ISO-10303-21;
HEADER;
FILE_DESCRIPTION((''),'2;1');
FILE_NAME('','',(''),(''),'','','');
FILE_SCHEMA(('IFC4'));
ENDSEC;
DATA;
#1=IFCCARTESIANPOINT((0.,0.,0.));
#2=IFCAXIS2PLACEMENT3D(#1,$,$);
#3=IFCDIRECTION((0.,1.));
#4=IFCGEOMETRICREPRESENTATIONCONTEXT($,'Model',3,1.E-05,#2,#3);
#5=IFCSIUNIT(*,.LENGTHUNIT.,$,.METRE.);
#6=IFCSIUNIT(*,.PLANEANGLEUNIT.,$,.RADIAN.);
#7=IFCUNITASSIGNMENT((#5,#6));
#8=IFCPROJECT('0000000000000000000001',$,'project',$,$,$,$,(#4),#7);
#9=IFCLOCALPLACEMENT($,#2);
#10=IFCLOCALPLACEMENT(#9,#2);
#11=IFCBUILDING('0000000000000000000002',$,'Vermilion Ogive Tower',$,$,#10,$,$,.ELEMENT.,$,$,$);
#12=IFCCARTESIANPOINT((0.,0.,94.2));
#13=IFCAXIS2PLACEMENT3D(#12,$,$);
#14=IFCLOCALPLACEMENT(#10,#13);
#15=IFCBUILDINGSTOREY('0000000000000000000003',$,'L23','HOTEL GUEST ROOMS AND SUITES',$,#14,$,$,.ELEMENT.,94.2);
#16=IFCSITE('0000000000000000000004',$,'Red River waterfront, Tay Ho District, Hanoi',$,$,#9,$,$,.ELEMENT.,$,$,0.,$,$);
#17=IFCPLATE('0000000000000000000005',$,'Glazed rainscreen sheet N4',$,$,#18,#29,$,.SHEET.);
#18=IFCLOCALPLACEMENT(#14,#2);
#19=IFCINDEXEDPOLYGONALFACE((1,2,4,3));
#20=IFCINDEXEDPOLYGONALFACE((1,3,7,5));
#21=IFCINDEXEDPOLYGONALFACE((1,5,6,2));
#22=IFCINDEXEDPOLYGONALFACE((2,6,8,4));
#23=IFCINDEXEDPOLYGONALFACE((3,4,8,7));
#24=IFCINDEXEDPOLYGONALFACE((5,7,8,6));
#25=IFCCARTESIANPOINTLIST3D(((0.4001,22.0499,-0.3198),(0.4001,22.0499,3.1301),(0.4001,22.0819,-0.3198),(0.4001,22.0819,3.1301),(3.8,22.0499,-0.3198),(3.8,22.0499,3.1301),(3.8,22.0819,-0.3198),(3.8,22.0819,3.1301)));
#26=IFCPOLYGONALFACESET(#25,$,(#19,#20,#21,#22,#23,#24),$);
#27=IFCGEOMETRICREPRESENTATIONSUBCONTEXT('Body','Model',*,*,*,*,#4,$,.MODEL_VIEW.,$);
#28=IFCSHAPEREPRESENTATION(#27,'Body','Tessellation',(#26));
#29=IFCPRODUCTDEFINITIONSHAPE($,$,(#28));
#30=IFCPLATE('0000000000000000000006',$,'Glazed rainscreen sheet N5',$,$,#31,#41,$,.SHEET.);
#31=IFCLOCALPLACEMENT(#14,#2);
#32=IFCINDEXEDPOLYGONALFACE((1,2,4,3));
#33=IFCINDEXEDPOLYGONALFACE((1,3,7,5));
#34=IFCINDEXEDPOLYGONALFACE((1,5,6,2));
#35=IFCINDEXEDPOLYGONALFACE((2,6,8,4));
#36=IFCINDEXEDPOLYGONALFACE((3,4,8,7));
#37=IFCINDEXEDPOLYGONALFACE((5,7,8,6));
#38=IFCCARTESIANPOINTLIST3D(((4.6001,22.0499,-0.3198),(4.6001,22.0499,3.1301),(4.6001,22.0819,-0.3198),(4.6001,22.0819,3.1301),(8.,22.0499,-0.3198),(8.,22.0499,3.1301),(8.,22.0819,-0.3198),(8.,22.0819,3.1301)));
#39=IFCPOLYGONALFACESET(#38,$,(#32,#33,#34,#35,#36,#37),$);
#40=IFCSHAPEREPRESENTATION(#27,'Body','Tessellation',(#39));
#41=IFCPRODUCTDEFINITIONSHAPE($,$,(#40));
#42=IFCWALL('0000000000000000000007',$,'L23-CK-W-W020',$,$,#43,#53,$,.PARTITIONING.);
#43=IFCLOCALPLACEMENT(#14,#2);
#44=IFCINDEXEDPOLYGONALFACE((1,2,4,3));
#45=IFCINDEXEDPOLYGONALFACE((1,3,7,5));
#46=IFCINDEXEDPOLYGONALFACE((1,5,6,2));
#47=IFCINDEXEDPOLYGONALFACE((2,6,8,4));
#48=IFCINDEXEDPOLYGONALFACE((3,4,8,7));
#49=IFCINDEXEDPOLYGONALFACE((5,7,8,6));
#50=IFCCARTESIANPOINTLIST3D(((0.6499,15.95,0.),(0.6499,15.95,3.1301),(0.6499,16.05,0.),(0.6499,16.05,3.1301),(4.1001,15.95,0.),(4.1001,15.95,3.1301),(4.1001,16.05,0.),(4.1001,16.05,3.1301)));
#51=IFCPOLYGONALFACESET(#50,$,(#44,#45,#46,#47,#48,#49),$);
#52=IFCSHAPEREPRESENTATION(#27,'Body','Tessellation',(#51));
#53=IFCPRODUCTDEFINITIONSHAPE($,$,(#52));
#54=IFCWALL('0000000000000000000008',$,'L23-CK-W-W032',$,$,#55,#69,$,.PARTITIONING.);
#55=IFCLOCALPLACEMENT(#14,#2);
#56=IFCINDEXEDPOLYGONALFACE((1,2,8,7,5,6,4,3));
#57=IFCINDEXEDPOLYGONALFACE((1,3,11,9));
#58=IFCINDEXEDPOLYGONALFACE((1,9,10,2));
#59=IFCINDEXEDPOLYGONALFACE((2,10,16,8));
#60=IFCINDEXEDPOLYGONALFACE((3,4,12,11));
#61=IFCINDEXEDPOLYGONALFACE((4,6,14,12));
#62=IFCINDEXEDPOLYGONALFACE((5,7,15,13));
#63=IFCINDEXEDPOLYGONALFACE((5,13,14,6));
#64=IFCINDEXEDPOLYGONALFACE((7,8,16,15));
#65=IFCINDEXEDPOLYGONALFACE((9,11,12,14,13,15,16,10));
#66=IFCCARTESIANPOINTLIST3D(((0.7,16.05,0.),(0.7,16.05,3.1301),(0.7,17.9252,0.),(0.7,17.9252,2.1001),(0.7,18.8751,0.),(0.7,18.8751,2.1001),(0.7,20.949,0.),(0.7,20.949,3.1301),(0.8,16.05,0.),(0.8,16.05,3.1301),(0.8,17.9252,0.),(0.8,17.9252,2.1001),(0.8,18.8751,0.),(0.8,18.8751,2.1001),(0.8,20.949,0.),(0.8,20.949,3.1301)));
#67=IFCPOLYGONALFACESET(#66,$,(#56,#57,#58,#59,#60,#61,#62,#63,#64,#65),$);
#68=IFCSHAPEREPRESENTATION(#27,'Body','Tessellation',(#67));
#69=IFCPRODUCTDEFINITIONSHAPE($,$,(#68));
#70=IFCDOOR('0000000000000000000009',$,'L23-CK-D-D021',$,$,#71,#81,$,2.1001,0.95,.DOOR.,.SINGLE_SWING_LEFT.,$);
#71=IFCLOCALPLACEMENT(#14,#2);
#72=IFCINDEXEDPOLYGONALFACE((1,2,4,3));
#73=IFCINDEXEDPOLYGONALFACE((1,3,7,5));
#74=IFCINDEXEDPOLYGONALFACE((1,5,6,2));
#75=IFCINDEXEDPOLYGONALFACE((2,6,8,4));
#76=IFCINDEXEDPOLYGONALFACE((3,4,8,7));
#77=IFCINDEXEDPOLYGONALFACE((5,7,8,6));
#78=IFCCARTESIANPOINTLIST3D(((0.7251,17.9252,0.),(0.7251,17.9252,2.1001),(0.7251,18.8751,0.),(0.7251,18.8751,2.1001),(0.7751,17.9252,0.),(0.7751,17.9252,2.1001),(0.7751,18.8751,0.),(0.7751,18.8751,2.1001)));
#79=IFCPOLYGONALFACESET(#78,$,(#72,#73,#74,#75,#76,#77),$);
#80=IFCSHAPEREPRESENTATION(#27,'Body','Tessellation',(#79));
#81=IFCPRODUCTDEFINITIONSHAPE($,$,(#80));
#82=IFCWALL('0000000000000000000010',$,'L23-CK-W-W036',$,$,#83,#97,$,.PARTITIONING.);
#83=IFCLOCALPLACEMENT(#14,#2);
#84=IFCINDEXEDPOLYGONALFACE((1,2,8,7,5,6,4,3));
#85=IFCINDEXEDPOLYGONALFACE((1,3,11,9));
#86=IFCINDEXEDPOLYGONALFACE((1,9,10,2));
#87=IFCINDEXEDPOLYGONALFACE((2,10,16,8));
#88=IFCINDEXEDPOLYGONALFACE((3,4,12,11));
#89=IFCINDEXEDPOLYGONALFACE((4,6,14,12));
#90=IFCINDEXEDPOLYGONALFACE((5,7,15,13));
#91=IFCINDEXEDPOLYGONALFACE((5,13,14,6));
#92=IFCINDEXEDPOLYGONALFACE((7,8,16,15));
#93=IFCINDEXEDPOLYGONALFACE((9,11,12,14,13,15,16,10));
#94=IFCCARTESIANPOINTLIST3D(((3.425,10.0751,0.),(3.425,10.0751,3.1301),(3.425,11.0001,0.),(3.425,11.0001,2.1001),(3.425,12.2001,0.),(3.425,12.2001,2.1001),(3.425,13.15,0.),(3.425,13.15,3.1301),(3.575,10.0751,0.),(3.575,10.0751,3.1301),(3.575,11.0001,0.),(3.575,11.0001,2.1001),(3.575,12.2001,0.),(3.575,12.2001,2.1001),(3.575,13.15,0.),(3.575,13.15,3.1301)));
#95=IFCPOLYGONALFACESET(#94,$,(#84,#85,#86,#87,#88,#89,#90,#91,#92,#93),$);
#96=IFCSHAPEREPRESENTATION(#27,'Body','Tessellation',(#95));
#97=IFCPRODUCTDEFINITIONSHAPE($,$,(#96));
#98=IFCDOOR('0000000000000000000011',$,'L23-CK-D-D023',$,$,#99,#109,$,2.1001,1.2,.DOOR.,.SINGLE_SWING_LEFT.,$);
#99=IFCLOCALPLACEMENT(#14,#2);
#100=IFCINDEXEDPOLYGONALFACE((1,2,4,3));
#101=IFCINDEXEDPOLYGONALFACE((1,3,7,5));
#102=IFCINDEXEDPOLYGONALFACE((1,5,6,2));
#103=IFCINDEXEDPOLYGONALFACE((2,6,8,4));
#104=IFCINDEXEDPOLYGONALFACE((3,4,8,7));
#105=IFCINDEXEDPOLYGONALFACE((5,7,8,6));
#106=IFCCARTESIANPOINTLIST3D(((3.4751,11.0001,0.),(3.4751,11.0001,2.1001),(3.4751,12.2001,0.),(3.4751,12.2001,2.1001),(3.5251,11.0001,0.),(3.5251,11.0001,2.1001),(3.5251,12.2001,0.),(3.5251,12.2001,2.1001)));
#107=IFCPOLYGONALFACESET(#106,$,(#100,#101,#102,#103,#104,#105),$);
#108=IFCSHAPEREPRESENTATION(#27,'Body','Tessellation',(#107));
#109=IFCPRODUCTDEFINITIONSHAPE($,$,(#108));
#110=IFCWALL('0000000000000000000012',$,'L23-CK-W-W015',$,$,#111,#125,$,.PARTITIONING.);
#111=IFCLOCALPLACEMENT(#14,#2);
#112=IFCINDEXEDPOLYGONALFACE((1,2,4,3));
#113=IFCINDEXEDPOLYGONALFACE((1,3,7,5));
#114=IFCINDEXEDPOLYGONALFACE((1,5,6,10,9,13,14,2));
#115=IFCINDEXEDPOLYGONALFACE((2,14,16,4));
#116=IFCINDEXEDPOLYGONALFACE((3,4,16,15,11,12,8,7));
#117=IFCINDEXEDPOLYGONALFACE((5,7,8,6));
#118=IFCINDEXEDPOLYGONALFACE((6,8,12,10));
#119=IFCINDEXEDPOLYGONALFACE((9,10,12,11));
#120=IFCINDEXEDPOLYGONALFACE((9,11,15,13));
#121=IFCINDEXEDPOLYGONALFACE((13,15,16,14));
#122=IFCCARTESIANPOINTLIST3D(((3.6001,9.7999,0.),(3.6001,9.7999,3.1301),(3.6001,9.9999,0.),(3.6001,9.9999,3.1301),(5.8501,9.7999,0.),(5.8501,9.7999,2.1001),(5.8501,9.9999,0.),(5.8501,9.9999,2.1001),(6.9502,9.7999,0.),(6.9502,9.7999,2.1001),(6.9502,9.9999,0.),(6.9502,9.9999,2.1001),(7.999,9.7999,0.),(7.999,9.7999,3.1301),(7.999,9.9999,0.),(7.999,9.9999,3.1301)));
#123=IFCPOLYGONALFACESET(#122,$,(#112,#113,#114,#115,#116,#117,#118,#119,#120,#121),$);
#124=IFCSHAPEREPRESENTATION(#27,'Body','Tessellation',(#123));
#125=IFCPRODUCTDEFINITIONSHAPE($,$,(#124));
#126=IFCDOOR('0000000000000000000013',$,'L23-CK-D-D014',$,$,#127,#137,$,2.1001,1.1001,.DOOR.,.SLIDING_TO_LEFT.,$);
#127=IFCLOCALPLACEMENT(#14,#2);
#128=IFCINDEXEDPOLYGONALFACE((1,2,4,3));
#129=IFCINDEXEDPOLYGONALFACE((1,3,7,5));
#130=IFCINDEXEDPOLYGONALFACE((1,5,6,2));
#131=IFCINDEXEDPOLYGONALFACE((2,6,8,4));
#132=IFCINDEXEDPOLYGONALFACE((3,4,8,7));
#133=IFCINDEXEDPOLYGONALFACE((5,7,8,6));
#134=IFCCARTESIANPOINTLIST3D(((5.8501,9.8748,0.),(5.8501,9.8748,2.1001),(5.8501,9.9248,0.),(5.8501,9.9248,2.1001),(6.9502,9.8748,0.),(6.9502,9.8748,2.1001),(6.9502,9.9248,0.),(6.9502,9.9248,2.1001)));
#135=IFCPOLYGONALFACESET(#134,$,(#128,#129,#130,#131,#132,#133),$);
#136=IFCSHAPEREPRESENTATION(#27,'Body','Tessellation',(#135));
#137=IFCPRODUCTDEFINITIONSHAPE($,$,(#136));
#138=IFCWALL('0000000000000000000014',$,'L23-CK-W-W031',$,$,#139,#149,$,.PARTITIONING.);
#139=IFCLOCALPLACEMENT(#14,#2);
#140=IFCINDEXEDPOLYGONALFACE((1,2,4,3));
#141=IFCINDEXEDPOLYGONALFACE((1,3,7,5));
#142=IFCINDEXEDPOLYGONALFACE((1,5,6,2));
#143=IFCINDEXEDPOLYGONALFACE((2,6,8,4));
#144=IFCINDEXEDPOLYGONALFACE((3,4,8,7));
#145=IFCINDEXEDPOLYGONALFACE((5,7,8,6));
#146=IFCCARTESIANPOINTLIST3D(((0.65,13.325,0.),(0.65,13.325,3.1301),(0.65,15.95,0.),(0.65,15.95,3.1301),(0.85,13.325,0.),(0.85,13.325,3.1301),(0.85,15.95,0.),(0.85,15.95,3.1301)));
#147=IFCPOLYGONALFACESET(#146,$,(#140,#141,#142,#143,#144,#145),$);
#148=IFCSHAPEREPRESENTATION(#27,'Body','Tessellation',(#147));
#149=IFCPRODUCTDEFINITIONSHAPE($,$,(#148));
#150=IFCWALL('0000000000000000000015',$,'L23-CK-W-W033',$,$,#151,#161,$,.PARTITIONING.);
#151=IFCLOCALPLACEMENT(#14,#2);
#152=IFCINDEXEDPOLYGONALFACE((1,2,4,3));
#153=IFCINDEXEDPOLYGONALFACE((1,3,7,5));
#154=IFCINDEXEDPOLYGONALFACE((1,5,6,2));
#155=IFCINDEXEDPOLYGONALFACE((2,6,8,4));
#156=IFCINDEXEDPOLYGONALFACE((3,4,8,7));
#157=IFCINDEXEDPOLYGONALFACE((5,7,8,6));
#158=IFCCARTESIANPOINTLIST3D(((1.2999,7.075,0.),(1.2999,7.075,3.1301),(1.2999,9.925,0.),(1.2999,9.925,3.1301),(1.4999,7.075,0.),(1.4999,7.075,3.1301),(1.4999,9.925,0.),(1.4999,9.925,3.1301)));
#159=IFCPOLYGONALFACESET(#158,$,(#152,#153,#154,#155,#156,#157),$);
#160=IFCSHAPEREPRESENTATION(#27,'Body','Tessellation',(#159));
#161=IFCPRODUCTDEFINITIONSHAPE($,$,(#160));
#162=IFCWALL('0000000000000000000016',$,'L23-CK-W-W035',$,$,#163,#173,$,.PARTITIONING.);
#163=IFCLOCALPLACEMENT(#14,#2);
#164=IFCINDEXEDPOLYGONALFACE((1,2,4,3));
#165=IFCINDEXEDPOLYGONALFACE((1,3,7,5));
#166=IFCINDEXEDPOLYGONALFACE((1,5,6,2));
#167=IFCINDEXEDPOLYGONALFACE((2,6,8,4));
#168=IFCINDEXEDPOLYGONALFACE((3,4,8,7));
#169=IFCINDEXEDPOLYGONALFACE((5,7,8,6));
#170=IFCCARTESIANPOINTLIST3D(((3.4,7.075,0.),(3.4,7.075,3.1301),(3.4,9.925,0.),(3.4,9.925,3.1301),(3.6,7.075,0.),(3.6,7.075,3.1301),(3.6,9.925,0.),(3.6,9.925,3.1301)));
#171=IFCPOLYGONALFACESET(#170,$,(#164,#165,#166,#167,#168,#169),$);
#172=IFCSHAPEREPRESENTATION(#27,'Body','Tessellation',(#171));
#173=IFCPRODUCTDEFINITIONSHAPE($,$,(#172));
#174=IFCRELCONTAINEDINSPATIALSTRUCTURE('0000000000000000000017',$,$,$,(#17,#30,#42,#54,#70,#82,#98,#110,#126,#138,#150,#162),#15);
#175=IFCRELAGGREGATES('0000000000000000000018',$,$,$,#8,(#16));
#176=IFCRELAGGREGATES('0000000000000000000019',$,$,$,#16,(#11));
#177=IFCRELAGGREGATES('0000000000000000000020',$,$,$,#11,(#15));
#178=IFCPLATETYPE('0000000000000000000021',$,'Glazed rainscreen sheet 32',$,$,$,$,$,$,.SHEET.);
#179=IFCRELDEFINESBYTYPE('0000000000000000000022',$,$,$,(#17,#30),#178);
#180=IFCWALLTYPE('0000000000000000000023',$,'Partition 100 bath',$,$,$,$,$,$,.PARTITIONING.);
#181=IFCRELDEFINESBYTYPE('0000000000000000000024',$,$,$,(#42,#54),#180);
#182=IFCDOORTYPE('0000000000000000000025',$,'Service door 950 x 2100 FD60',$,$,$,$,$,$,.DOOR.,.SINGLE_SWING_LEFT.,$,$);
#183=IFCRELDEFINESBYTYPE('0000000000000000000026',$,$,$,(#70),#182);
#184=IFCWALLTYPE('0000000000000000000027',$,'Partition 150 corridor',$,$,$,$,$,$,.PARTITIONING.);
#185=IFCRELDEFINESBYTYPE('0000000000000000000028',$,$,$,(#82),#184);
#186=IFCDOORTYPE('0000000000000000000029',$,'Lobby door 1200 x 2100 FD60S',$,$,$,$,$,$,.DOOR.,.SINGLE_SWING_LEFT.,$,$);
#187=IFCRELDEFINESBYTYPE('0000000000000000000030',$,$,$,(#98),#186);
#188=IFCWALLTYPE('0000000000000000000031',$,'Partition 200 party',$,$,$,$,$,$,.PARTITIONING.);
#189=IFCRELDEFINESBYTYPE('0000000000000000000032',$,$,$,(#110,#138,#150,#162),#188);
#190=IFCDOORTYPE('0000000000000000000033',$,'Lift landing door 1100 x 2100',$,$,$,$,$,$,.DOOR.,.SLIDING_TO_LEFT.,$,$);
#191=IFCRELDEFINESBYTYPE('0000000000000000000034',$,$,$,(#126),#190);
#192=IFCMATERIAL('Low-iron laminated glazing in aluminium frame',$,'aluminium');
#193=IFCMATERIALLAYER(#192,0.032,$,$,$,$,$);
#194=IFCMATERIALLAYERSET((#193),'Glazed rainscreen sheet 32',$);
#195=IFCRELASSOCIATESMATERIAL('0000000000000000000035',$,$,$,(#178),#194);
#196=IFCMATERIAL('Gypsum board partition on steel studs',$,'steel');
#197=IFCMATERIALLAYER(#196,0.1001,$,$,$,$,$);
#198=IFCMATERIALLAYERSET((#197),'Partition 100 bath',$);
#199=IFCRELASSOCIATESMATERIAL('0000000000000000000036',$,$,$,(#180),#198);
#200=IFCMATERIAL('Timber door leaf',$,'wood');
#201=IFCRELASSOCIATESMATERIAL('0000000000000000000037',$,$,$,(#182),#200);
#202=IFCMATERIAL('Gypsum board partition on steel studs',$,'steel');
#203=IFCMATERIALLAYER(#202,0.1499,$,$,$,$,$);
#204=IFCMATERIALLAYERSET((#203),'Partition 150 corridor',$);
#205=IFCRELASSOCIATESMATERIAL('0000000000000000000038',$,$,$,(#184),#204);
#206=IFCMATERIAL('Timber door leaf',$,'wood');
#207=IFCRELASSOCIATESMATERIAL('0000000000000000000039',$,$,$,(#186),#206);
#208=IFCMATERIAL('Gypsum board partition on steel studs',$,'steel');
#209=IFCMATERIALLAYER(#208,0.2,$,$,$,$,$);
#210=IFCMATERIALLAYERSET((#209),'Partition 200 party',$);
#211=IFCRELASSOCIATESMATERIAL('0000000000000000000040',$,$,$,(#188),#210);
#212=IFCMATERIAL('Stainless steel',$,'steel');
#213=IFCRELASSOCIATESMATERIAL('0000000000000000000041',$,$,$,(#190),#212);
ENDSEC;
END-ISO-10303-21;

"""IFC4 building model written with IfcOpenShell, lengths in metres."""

from ifc_helpers import new_model, si_unit, direction, frame, frame_2d, origin, origin_2d, place, context, subcontext, project, spatial, rectangle, extrude, material, layer, layer_set, type_object, element, fill, save


model = new_model("IFC4")

# Units and contexts
model_context = context("Model", 3, precision=1e-05, world=origin(), true_north=direction((0.0, 1.0)))
body_context = subcontext(model_context, "Body", "Model", "MODEL_VIEW")
ifc_project = project(units=[si_unit("LENGTHUNIT", "METRE"), si_unit("PLANEANGLEUNIT", "RADIAN")], contexts=[model_context])

# Site, building, storey
site_placement = place(None, origin())
site = spatial("IfcSite", under=ifc_project, at=site_placement, Name="Red River waterfront, Tay Ho District, Hanoi", CompositionType="ELEMENT", RefElevation=0.0)
building_placement = place(site_placement, origin())
building = spatial("IfcBuilding", under=site, at=building_placement, Name="Vermilion Ogive Tower", CompositionType="ELEMENT")
storey_placement = place(building_placement, frame((0.0, 0.0, 94.2)))
storey = spatial("IfcBuildingStorey", under=building, at=storey_placement, Name="L23", Description="HOTEL GUEST ROOMS AND SUITES", CompositionType="ELEMENT", Elevation=94.2)

# Plates
ifc_material_1 = material(Name="Low-iron laminated glazing in aluminium frame", Category="aluminium")
ifc_layer_1 = layer(ifc_material_1, 0.032)
ifc_layer_set_1 = layer_set([ifc_layer_1], Name="Glazed rainscreen sheet 32")
plate_type = type_object("IfcPlateType", Name="Glazed rainscreen sheet 32", PredefinedType="SHEET", material=ifc_layer_set_1)
for number, where, z_axis, x_axis, name in (
    (1, (2.1001, 22.0659, -0.3198), (0.0, 0.0, 1.0), (1.0, 0.0, 0.0), "Glazed rainscreen sheet N4"),
    (2, (6.3, 22.0659, -0.3198), (0.0, 0.0, 1.0), (1.0, 0.0, 0.0), "Glazed rainscreen sheet N5"),
):
    element("IfcPlate", number, at=place(storey_placement, frame(where, z_axis=z_axis, x_axis=x_axis)), inside=storey, type_object=plate_type, Name=name, PredefinedType="SHEET", context=body_context, shape_type="SweptSolid", body=[
        extrude(rectangle(XDim=3.3999, YDim=0.032, at=origin_2d()), origin(), (0.0, 0.0, 1.0), 3.45),
    ])

# Wall
ifc_material_2 = material(Name="Gypsum board partition on steel studs", Category="steel")
ifc_layer_2 = layer(ifc_material_2, 0.1001)
ifc_layer_set_2 = layer_set([ifc_layer_2], Name="Partition 100 bath")
wall_type_1 = type_object("IfcWallType", Name="Partition 100 bath", PredefinedType="PARTITIONING", material=ifc_layer_set_2)
wall_1_placement = place(storey_placement, frame((0.6499, 16.0, 0.0), z_axis=(0.0, 0.0, 1.0), x_axis=(1.0, 0.0, 0.0)))
element("IfcWall", 3, at=wall_1_placement, inside=storey, type_object=wall_type_1, Name="L23-CK-W-W020", PredefinedType="PARTITIONING", context=body_context, shape_type="SweptSolid", body=[
    extrude(rectangle(XDim=3.4502, YDim=0.1001, at=frame_2d((1.7251, 0.0))), origin(), (0.0, 0.0, 1.0), 3.1301),
])

# Walls, openings, doors
wall_2_placement = place(storey_placement, frame((0.75, 16.05, 0.0), z_axis=(0.0, 0.0, 1.0), x_axis=(0.0, 1.0, 0.0)))
wall_2 = element("IfcWall", 4, at=wall_2_placement, inside=storey, type_object=wall_type_1, Name="L23-CK-W-W032", PredefinedType="PARTITIONING", context=body_context, shape_type="SweptSolid", body=[
    extrude(rectangle(XDim=4.8989, YDim=0.1001, at=frame_2d((2.4495, 0.0))), origin(), (0.0, 0.0, 1.0), 3.1301),
])
opening_1_placement = place(wall_2_placement, frame((1.875, 0.0, 0.0)))
opening_1 = element("IfcOpeningElement", 5, at=opening_1_placement, cuts=wall_2, PredefinedType="OPENING", context=body_context, shape_type="SweptSolid", body=[
    extrude(rectangle(XDim=0.95, YDim=2.1001, at=frame_2d((0.4751, 1.05))), frame((0.0, 0.0601, 0.0), z_axis=(0.0, -1.0, 0.0), x_axis=(1.0, 0.0, 0.0)), (0.0, 0.0, 1.0), 0.1201),
])
ifc_material_3 = material(Name="Timber door leaf", Category="wood")
door_type_1 = type_object("IfcDoorType", Name="Service door 950 x 2100 FD60", OperationType="SINGLE_SWING_LEFT", PredefinedType="DOOR", material=ifc_material_3)
door_1_placement = place(opening_1_placement, origin())
door_1 = element("IfcDoor", 6, at=door_1_placement, inside=storey, type_object=door_type_1, Name="L23-CK-D-D021", OperationType="SINGLE_SWING_LEFT", OverallHeight=2.1001, OverallWidth=0.95, PredefinedType="DOOR", context=body_context, shape_type="SweptSolid", body=[
    extrude(rectangle(XDim=0.95, YDim=2.1001, at=frame_2d((0.4751, 1.05))), frame((0.0, 0.0249, 0.0), z_axis=(0.0, -1.0, 0.0), x_axis=(1.0, 0.0, 0.0)), (0.0, 0.0, 1.0), 0.05),
])
fill(opening_1, door_1)
ifc_material_4 = material(Name="Gypsum board partition on steel studs", Category="steel")
ifc_layer_3 = layer(ifc_material_4, 0.1499)
ifc_layer_set_3 = layer_set([ifc_layer_3], Name="Partition 150 corridor")
wall_type_2 = type_object("IfcWallType", Name="Partition 150 corridor", PredefinedType="PARTITIONING", material=ifc_layer_set_3)
wall_3_placement = place(storey_placement, frame((3.5, 10.075, 0.0), z_axis=(0.0, 0.0, 1.0), x_axis=(0.0, 1.0, 0.0)))
wall_3 = element("IfcWall", 7, at=wall_3_placement, inside=storey, type_object=wall_type_2, Name="L23-CK-W-W036", PredefinedType="PARTITIONING", context=body_context, shape_type="SweptSolid", body=[
    extrude(rectangle(XDim=3.075, YDim=0.1499, at=frame_2d((1.5376, 0.0))), origin(), (0.0, 0.0, 1.0), 3.1301),
])
opening_2_placement = place(wall_3_placement, frame((0.925, 0.0, 0.0)))
opening_2 = element("IfcOpeningElement", 8, at=opening_2_placement, cuts=wall_3, PredefinedType="OPENING", context=body_context, shape_type="SweptSolid", body=[
    extrude(rectangle(XDim=1.2, YDim=2.1001, at=frame_2d((0.6001, 1.05))), frame((0.0, 0.085, 0.0), z_axis=(0.0, -1.0, 0.0), x_axis=(1.0, 0.0, 0.0)), (0.0, 0.0, 1.0), 0.1699),
])
ifc_material_5 = material(Name="Timber door leaf", Category="wood")
door_type_2 = type_object("IfcDoorType", Name="Lobby door 1200 x 2100 FD60S", OperationType="SINGLE_SWING_LEFT", PredefinedType="DOOR", material=ifc_material_5)
door_2_placement = place(opening_2_placement, origin())
door_2 = element("IfcDoor", 9, at=door_2_placement, inside=storey, type_object=door_type_2, Name="L23-CK-D-D023", OperationType="SINGLE_SWING_LEFT", OverallHeight=2.1001, OverallWidth=1.2, PredefinedType="DOOR", context=body_context, shape_type="SweptSolid", body=[
    extrude(rectangle(XDim=1.2, YDim=2.1001, at=frame_2d((0.6001, 1.05))), frame((0.0, 0.0249, 0.0), z_axis=(0.0, -1.0, 0.0), x_axis=(1.0, 0.0, 0.0)), (0.0, 0.0, 1.0), 0.05),
])
fill(opening_2, door_2)
ifc_material_6 = material(Name="Gypsum board partition on steel studs", Category="steel")
ifc_layer_4 = layer(ifc_material_6, 0.2)
ifc_layer_set_4 = layer_set([ifc_layer_4], Name="Partition 200 party")
wall_type_3 = type_object("IfcWallType", Name="Partition 200 party", PredefinedType="PARTITIONING", material=ifc_layer_set_4)
wall_4_placement = place(storey_placement, frame((3.6001, 9.8999, 0.0), z_axis=(0.0, 0.0, 1.0), x_axis=(1.0, 0.0, 0.0)))
wall_4 = element("IfcWall", 10, at=wall_4_placement, inside=storey, type_object=wall_type_3, Name="L23-CK-W-W015", PredefinedType="PARTITIONING", context=body_context, shape_type="SweptSolid", body=[
    extrude(rectangle(XDim=4.3989, YDim=0.2, at=frame_2d((2.1995, 0.0))), origin(), (0.0, 0.0, 1.0), 3.1301),
])
opening_3_placement = place(wall_4_placement, frame((2.25, 0.0, 0.0)))
opening_3 = element("IfcOpeningElement", 11, at=opening_3_placement, cuts=wall_4, PredefinedType="OPENING", context=body_context, shape_type="SweptSolid", body=[
    extrude(rectangle(XDim=1.1001, YDim=2.1001, at=frame_2d((0.55, 1.05))), frame((0.0, 0.1099, 0.0), z_axis=(0.0, -1.0, 0.0), x_axis=(1.0, 0.0, 0.0)), (0.0, 0.0, 1.0), 0.22),
])
ifc_material_7 = material(Name="Stainless steel", Category="steel")
door_type_3 = type_object("IfcDoorType", Name="Lift landing door 1100 x 2100", OperationType="SLIDING_TO_LEFT", PredefinedType="DOOR", material=ifc_material_7)
door_3_placement = place(opening_3_placement, origin())
door_3 = element("IfcDoor", 12, at=door_3_placement, inside=storey, type_object=door_type_3, Name="L23-CK-D-D014", OperationType="SLIDING_TO_LEFT", OverallHeight=2.1001, OverallWidth=1.1001, PredefinedType="DOOR", context=body_context, shape_type="SweptSolid", body=[
    extrude(rectangle(XDim=1.1001, YDim=2.1001, at=frame_2d((0.55, 1.05))), frame((0.0, 0.0249, 0.0), z_axis=(0.0, -1.0, 0.0), x_axis=(1.0, 0.0, 0.0)), (0.0, 0.0, 1.0), 0.05),
])
fill(opening_3, door_3)

# Walls
wall_5_placement = place(storey_placement, frame((0.75, 13.325, 0.0), z_axis=(0.0, 0.0, 1.0), x_axis=(0.0, 1.0, 0.0)))
element("IfcWall", 13, at=wall_5_placement, inside=storey, type_object=wall_type_3, Name="L23-CK-W-W031", PredefinedType="PARTITIONING", context=body_context, shape_type="SweptSolid", body=[
    extrude(rectangle(XDim=2.625, YDim=0.2, at=frame_2d((1.3125, 0.0))), origin(), (0.0, 0.0, 1.0), 3.1301),
])
for number, where, z_axis, x_axis, name in (
    (14, (1.3999, 7.075, 0.0), (0.0, 0.0, 1.0), (0.0, 1.0, 0.0), "L23-CK-W-W033"),
    (15, (3.5, 7.075, 0.0), (0.0, 0.0, 1.0), (0.0, 1.0, 0.0), "L23-CK-W-W035"),
):
    element("IfcWall", number, at=place(storey_placement, frame(where, z_axis=z_axis, x_axis=x_axis)), inside=storey, type_object=wall_type_3, Name=name, PredefinedType="PARTITIONING", context=body_context, shape_type="SweptSolid", body=[
        extrude(rectangle(XDim=2.8501, YDim=0.2, at=frame_2d((1.425, 0.0))), origin(), (0.0, 0.0, 1.0), 3.1301),
    ])

save(model, "model.ifc")
